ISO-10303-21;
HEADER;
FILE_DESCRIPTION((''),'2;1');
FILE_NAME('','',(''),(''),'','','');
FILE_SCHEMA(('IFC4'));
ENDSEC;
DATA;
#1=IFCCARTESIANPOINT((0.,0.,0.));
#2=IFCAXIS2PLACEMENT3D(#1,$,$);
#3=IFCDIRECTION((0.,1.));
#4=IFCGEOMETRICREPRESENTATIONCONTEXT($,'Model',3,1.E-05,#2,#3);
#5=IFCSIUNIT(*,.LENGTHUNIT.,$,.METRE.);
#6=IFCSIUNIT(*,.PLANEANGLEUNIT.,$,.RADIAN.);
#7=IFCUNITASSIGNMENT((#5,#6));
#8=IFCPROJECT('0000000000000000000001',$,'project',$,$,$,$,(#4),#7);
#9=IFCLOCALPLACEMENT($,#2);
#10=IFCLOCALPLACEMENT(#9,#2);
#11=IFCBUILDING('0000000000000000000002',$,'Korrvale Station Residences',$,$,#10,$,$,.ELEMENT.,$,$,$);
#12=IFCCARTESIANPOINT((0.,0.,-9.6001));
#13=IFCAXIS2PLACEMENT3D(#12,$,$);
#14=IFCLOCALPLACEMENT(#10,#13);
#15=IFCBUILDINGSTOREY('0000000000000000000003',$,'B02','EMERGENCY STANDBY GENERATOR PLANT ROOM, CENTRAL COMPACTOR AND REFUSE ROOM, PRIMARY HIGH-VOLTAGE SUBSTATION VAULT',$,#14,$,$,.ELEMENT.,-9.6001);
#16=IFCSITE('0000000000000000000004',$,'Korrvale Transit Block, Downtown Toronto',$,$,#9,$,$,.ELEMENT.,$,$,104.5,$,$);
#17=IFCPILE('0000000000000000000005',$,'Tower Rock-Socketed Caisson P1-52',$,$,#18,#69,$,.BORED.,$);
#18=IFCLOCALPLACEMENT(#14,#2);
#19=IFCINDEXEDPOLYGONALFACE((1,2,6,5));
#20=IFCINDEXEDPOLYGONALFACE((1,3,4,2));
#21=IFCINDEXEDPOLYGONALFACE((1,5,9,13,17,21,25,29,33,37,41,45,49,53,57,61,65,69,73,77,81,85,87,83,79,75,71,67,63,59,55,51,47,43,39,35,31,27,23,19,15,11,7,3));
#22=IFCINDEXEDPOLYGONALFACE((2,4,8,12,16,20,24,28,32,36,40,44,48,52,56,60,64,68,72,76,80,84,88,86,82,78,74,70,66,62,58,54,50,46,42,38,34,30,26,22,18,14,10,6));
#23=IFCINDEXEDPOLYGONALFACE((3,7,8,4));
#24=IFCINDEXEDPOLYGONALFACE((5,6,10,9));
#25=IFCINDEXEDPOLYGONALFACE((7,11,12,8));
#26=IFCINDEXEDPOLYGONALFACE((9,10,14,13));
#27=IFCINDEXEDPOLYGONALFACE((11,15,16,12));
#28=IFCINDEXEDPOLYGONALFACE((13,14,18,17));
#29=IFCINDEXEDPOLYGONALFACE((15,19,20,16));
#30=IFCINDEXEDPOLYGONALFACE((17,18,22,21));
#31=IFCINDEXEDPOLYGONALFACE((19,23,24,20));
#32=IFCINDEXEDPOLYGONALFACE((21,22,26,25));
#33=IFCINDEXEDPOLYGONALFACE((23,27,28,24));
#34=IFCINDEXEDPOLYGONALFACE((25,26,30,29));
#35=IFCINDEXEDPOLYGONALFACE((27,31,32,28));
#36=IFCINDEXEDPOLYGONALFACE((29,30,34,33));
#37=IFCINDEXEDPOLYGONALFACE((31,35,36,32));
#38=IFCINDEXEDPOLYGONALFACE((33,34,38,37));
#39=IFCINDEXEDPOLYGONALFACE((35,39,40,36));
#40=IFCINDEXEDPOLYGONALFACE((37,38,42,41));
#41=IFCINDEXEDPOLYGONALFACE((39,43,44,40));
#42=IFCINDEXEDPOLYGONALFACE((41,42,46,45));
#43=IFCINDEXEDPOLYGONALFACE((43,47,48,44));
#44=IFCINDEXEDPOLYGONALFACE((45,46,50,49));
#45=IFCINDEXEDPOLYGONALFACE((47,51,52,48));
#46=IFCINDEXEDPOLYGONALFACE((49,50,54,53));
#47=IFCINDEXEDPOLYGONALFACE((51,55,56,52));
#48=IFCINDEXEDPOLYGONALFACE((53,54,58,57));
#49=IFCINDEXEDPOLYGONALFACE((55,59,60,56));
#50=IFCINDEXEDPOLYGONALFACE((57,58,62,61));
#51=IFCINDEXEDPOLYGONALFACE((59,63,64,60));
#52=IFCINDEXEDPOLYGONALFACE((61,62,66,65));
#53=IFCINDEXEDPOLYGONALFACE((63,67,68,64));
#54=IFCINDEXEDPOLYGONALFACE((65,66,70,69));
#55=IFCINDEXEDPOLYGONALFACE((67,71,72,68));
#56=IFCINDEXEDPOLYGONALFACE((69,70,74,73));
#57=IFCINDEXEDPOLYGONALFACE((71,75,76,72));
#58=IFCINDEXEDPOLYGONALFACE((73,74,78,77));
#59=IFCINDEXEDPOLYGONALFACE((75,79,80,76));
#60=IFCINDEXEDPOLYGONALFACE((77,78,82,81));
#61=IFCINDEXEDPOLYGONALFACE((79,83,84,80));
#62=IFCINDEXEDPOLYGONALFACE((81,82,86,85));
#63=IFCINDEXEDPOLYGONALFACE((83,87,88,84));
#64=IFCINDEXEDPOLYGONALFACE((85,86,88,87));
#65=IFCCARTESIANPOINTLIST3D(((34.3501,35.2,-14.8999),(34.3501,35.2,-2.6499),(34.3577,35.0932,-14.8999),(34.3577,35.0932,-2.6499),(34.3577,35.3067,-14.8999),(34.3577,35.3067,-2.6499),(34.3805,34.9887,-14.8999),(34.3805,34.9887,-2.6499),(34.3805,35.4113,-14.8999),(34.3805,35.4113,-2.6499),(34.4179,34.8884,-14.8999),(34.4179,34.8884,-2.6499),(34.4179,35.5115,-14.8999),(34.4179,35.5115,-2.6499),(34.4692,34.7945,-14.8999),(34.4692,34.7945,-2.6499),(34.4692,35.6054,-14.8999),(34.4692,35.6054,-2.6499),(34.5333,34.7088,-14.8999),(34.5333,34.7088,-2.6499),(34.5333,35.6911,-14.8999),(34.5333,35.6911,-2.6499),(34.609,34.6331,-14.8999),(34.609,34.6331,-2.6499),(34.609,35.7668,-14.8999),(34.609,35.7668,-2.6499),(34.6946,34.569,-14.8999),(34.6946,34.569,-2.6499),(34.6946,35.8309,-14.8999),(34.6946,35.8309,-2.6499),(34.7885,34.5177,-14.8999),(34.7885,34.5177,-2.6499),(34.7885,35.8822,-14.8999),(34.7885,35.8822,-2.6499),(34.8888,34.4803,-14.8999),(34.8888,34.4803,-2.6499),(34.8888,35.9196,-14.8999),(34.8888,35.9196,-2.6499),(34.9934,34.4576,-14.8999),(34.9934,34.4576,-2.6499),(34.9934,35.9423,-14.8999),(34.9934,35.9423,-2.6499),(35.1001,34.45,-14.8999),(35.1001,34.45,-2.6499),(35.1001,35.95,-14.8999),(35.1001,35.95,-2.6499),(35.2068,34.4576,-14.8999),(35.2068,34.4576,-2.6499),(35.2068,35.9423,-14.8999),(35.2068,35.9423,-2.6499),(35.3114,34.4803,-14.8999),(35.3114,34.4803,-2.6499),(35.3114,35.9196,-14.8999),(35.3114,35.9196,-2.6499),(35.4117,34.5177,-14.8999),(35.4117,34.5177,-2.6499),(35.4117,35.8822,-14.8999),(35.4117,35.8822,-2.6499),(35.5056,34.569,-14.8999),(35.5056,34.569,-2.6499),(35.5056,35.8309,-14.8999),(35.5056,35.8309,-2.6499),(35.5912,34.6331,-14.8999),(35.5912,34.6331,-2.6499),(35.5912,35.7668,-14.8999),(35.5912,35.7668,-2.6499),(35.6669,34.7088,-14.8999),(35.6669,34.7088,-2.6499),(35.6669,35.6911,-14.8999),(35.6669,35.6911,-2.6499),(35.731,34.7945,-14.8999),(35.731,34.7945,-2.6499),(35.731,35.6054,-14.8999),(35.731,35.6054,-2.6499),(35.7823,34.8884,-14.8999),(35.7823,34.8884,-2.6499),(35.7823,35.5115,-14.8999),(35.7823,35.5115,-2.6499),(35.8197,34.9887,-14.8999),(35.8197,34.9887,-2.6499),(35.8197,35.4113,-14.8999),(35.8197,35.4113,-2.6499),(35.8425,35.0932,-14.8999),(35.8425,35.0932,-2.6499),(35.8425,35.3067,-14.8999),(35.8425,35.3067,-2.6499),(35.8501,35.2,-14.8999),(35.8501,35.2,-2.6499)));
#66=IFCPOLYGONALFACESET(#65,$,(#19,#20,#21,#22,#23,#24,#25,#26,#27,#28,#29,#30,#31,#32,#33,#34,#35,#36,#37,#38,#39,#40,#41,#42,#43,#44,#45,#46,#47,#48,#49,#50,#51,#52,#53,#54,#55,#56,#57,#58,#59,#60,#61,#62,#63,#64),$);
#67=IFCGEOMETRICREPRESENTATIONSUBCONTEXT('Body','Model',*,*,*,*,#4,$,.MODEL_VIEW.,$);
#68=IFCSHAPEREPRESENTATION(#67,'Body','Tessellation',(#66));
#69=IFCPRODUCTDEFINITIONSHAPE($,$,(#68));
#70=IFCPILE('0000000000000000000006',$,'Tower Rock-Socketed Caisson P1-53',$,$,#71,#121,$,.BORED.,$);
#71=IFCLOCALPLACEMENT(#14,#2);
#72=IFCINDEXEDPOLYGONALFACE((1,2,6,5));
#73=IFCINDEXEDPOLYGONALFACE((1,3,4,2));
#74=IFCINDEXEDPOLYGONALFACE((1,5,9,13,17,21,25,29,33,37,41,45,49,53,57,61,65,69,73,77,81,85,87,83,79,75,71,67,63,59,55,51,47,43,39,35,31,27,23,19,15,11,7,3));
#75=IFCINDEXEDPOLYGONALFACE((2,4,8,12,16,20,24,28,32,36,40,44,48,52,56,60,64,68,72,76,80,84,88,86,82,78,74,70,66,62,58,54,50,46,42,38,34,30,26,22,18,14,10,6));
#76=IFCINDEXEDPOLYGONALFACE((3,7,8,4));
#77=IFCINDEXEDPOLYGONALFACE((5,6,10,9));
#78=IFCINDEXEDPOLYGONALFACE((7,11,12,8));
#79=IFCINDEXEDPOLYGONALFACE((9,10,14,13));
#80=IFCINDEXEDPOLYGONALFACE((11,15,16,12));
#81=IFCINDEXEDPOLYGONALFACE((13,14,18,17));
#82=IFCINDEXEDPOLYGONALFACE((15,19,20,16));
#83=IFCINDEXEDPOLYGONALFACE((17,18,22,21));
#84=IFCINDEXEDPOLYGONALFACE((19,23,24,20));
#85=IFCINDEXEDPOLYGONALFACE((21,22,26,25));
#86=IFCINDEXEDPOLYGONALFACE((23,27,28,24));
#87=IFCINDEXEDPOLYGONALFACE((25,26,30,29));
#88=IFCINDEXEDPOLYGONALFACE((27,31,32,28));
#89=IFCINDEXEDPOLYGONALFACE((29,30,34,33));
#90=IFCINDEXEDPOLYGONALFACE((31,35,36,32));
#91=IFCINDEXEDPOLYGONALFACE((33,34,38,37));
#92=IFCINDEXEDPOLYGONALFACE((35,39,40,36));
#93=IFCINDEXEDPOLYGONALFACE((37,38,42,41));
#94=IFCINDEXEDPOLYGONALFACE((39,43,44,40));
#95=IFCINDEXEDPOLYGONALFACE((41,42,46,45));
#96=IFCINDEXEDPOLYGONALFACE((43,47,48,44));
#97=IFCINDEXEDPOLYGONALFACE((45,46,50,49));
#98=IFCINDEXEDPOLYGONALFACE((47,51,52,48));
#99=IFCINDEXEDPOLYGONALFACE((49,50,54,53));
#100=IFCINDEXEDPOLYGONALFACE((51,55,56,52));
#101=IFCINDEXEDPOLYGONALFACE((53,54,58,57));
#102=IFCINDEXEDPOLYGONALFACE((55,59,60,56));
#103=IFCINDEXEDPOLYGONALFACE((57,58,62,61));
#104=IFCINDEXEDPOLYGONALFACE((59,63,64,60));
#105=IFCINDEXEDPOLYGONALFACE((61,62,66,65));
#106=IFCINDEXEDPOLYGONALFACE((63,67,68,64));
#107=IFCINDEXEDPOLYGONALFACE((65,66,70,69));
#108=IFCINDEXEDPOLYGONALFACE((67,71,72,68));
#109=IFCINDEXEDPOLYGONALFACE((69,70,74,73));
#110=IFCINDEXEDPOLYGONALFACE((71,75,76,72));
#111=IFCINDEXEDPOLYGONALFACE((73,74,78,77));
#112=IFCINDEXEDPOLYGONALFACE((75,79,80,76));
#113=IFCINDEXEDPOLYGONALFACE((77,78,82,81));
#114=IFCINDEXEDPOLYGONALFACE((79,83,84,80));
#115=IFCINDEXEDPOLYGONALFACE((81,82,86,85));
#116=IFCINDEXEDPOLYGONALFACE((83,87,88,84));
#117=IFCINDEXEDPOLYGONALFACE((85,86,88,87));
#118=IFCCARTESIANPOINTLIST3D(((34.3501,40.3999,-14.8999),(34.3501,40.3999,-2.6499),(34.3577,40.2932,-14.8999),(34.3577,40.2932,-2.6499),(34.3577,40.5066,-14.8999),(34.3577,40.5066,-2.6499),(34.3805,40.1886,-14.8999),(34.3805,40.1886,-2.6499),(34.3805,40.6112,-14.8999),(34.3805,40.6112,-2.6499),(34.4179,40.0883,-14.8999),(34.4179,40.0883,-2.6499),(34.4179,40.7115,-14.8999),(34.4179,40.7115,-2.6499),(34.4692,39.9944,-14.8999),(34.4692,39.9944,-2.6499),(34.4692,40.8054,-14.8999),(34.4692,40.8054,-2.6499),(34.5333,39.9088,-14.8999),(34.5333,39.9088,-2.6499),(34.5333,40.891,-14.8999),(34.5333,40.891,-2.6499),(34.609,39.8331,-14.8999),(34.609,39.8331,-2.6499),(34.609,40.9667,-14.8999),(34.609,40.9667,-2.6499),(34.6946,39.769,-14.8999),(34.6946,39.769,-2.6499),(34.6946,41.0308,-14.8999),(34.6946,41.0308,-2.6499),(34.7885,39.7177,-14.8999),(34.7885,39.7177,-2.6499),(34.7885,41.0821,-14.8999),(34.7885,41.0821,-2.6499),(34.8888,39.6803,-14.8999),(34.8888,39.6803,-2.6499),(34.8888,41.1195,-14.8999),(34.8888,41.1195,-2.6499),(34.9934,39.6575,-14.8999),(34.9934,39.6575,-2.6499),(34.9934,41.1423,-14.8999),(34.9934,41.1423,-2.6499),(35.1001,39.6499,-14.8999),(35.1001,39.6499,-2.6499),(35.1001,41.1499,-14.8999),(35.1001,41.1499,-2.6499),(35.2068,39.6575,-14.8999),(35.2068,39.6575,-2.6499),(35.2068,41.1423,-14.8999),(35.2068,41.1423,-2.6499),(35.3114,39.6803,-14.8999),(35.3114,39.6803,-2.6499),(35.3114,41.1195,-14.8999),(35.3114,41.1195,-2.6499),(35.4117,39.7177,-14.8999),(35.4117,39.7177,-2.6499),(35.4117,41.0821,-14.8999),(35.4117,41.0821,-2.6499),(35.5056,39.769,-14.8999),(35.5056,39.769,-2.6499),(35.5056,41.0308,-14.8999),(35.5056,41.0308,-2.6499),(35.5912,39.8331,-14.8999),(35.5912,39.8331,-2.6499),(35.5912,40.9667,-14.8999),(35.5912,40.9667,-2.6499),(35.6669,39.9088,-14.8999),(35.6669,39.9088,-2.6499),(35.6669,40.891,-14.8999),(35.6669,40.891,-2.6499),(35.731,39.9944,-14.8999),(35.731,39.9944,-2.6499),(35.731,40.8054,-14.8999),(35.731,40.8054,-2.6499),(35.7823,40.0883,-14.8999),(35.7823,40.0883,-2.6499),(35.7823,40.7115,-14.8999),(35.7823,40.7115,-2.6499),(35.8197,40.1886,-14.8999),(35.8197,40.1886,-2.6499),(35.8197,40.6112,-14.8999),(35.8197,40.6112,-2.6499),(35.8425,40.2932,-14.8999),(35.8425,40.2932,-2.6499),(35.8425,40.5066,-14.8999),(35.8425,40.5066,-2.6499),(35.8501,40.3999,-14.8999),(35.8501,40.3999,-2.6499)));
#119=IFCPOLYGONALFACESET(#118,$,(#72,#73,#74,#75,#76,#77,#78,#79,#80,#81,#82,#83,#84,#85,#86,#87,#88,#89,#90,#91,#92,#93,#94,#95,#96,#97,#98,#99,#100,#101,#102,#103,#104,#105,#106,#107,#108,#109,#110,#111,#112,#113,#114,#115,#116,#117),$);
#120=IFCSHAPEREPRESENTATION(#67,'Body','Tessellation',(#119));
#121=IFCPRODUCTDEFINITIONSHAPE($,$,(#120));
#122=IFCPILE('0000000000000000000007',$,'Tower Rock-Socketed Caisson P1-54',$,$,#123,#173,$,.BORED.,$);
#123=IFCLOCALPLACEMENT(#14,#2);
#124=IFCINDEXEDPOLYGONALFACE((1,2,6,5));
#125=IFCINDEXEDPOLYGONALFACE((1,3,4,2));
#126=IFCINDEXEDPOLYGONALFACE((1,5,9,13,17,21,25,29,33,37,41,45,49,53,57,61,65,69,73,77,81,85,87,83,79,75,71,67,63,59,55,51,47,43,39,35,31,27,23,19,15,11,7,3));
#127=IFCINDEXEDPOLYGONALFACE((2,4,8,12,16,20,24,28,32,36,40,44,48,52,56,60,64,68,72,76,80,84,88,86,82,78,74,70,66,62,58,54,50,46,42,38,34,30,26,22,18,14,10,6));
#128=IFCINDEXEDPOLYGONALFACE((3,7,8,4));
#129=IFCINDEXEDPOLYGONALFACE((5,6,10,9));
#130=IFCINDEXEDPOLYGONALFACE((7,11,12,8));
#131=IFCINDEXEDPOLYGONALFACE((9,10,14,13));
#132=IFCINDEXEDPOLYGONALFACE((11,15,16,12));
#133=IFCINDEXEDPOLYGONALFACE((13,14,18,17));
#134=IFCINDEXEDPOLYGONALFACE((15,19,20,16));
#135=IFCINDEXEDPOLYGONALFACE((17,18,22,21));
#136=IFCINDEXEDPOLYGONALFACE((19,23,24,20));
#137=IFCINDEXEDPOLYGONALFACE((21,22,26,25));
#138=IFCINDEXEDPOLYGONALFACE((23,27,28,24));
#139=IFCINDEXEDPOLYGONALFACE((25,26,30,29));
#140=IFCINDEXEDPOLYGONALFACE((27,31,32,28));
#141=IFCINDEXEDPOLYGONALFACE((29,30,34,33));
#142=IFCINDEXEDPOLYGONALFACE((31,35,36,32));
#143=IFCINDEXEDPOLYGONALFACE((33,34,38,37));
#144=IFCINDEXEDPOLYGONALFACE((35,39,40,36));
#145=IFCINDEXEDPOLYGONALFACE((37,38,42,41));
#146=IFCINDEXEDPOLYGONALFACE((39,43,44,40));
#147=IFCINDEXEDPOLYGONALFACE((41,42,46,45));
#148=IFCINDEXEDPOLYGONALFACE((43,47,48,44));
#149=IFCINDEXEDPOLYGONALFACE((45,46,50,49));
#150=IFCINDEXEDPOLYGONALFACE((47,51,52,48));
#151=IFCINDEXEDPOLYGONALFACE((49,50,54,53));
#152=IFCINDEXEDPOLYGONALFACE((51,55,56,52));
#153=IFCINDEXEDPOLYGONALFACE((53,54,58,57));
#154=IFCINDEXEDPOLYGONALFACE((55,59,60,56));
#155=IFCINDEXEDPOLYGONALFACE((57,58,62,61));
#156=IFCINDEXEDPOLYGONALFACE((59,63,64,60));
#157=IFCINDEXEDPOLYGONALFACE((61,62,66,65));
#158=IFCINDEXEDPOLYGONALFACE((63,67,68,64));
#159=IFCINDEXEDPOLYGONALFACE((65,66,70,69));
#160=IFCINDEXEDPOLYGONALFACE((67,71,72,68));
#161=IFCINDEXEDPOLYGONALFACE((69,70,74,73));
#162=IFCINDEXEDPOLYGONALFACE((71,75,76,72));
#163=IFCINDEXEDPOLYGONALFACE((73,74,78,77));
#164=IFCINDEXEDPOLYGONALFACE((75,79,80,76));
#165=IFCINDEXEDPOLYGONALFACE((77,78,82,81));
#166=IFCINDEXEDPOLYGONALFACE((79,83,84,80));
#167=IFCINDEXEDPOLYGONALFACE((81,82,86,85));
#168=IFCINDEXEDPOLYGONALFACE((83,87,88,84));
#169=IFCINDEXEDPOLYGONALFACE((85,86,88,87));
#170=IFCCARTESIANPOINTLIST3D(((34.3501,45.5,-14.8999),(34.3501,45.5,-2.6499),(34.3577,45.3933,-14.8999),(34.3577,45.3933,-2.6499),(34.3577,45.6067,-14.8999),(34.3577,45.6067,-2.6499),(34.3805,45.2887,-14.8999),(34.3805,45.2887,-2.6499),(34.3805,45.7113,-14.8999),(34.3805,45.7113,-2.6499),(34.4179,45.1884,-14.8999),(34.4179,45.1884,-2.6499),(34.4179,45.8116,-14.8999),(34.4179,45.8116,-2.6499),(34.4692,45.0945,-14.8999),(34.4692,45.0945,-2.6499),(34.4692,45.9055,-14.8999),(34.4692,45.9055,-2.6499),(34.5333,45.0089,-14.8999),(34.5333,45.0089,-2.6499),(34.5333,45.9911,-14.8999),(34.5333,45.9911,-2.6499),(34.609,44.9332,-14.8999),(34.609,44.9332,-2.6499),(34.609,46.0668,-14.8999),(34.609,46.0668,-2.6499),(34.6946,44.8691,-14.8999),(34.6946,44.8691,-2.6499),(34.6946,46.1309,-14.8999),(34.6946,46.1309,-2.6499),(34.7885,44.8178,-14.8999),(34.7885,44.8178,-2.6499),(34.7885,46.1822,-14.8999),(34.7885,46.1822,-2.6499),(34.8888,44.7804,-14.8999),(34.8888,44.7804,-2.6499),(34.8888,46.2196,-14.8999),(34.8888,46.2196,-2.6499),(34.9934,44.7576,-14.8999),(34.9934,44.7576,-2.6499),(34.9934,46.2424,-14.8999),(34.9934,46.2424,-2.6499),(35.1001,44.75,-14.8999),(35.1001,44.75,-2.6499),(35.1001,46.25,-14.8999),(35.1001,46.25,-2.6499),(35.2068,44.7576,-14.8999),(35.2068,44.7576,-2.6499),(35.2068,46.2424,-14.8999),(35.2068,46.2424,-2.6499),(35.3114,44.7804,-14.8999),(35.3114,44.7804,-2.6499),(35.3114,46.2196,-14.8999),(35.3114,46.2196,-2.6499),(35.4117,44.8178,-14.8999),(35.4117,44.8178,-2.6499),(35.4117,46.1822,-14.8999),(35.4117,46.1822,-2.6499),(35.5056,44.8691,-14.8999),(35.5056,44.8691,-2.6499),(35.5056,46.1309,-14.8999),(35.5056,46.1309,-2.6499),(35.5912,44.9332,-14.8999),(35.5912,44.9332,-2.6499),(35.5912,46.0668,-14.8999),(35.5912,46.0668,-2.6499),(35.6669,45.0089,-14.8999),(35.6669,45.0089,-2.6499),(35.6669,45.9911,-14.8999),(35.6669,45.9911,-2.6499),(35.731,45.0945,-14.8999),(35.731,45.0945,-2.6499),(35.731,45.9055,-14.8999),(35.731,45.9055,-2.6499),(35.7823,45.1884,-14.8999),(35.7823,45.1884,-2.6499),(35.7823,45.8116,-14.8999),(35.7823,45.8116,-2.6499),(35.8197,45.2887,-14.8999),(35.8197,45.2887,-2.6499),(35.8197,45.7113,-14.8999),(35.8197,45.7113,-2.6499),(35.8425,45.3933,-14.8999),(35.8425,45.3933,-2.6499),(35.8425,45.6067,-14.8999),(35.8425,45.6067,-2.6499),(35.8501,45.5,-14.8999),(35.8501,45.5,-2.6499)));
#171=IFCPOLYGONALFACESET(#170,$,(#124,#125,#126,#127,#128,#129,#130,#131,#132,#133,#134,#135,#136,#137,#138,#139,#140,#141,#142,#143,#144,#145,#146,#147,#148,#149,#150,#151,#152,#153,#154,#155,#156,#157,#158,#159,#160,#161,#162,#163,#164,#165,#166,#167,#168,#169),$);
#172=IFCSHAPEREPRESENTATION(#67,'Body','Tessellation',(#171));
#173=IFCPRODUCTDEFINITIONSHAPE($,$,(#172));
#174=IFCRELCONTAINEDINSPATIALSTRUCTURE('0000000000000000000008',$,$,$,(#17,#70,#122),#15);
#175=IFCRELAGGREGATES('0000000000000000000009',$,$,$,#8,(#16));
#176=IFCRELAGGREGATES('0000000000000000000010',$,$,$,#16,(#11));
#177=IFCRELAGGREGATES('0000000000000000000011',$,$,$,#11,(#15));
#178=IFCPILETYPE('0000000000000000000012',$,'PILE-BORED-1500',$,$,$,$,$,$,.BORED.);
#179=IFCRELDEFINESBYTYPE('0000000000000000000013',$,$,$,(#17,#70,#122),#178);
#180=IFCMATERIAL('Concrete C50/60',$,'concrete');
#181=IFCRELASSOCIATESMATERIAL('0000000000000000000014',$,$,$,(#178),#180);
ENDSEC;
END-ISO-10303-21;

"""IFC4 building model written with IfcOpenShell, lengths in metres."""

from ifc_helpers import new_model, si_unit, direction, frame, origin, origin_2d, place, context, subcontext, project, spatial, circle, extrude, material, material_profile, profile_set, type_object, element, save


model = new_model("IFC4")

# Units and contexts
model_context = context("Model", 3, precision=1e-05, world=origin(), true_north=direction((0.0, 1.0)))
body_context = subcontext(model_context, "Body", "Model", "MODEL_VIEW")
ifc_project = project(units=[si_unit("LENGTHUNIT", "METRE"), si_unit("PLANEANGLEUNIT", "RADIAN")], contexts=[model_context])

# Site, building, storey
site_placement = place(None, origin())
site = spatial("IfcSite", under=ifc_project, at=site_placement, Name="Korrvale Transit Block, Downtown Toronto", CompositionType="ELEMENT", RefElevation=104.5)
building_placement = place(site_placement, origin())
building = spatial("IfcBuilding", under=site, at=building_placement, Name="Korrvale Station Residences", CompositionType="ELEMENT")
storey_placement = place(building_placement, frame((0.0, 0.0, -9.6001)))
storey = spatial("IfcBuildingStorey", under=building, at=storey_placement, Name="B02", Description="EMERGENCY STANDBY GENERATOR PLANT ROOM, CENTRAL COMPACTOR AND REFUSE ROOM, PRIMARY HIGH-VOLTAGE SUBSTATION VAULT", CompositionType="ELEMENT", Elevation=-9.6001)

# Piles
ifc_material_1 = material(Name="Concrete C50/60", Category="concrete")
ifc_material_profile_1 = material_profile(ifc_material_1, circle(Radius=0.75, at=origin_2d()), Name="PILE1500")
ifc_profile_set_1 = profile_set([ifc_material_profile_1], Name="Concrete C50/60")
pile_type_1 = type_object("IfcPileType", Name="PILE-BORED-1500", PredefinedType="BORED", material=ifc_profile_set_1)
for number, where, z_axis, x_axis, name in (
    (1, (35.1001, 35.2, -2.6499), (0.0, 0.0, -1.0), (1.0, 0.0, 0.0), "Tower Rock-Socketed Caisson P1-52"),
    (2, (35.1001, 40.3999, -2.6499), (0.0, 0.0, -1.0), (1.0, 0.0, 0.0), "Tower Rock-Socketed Caisson P1-53"),
    (3, (35.1001, 45.5, -2.6499), (0.0, 0.0, -1.0), (1.0, 0.0, 0.0), "Tower Rock-Socketed Caisson P1-54"),
):
    element("IfcPile", number, at=place(storey_placement, frame(where, z_axis=z_axis, x_axis=x_axis)), inside=storey, type_object=pile_type_1, Name=name, PredefinedType="BORED", context=body_context, shape_type="SweptSolid", body=[
        extrude(circle(Radius=0.75, at=origin_2d()), origin(), (0.0, 0.0, 1.0), 12.25),
    ])

save(model, "model.ifc")
